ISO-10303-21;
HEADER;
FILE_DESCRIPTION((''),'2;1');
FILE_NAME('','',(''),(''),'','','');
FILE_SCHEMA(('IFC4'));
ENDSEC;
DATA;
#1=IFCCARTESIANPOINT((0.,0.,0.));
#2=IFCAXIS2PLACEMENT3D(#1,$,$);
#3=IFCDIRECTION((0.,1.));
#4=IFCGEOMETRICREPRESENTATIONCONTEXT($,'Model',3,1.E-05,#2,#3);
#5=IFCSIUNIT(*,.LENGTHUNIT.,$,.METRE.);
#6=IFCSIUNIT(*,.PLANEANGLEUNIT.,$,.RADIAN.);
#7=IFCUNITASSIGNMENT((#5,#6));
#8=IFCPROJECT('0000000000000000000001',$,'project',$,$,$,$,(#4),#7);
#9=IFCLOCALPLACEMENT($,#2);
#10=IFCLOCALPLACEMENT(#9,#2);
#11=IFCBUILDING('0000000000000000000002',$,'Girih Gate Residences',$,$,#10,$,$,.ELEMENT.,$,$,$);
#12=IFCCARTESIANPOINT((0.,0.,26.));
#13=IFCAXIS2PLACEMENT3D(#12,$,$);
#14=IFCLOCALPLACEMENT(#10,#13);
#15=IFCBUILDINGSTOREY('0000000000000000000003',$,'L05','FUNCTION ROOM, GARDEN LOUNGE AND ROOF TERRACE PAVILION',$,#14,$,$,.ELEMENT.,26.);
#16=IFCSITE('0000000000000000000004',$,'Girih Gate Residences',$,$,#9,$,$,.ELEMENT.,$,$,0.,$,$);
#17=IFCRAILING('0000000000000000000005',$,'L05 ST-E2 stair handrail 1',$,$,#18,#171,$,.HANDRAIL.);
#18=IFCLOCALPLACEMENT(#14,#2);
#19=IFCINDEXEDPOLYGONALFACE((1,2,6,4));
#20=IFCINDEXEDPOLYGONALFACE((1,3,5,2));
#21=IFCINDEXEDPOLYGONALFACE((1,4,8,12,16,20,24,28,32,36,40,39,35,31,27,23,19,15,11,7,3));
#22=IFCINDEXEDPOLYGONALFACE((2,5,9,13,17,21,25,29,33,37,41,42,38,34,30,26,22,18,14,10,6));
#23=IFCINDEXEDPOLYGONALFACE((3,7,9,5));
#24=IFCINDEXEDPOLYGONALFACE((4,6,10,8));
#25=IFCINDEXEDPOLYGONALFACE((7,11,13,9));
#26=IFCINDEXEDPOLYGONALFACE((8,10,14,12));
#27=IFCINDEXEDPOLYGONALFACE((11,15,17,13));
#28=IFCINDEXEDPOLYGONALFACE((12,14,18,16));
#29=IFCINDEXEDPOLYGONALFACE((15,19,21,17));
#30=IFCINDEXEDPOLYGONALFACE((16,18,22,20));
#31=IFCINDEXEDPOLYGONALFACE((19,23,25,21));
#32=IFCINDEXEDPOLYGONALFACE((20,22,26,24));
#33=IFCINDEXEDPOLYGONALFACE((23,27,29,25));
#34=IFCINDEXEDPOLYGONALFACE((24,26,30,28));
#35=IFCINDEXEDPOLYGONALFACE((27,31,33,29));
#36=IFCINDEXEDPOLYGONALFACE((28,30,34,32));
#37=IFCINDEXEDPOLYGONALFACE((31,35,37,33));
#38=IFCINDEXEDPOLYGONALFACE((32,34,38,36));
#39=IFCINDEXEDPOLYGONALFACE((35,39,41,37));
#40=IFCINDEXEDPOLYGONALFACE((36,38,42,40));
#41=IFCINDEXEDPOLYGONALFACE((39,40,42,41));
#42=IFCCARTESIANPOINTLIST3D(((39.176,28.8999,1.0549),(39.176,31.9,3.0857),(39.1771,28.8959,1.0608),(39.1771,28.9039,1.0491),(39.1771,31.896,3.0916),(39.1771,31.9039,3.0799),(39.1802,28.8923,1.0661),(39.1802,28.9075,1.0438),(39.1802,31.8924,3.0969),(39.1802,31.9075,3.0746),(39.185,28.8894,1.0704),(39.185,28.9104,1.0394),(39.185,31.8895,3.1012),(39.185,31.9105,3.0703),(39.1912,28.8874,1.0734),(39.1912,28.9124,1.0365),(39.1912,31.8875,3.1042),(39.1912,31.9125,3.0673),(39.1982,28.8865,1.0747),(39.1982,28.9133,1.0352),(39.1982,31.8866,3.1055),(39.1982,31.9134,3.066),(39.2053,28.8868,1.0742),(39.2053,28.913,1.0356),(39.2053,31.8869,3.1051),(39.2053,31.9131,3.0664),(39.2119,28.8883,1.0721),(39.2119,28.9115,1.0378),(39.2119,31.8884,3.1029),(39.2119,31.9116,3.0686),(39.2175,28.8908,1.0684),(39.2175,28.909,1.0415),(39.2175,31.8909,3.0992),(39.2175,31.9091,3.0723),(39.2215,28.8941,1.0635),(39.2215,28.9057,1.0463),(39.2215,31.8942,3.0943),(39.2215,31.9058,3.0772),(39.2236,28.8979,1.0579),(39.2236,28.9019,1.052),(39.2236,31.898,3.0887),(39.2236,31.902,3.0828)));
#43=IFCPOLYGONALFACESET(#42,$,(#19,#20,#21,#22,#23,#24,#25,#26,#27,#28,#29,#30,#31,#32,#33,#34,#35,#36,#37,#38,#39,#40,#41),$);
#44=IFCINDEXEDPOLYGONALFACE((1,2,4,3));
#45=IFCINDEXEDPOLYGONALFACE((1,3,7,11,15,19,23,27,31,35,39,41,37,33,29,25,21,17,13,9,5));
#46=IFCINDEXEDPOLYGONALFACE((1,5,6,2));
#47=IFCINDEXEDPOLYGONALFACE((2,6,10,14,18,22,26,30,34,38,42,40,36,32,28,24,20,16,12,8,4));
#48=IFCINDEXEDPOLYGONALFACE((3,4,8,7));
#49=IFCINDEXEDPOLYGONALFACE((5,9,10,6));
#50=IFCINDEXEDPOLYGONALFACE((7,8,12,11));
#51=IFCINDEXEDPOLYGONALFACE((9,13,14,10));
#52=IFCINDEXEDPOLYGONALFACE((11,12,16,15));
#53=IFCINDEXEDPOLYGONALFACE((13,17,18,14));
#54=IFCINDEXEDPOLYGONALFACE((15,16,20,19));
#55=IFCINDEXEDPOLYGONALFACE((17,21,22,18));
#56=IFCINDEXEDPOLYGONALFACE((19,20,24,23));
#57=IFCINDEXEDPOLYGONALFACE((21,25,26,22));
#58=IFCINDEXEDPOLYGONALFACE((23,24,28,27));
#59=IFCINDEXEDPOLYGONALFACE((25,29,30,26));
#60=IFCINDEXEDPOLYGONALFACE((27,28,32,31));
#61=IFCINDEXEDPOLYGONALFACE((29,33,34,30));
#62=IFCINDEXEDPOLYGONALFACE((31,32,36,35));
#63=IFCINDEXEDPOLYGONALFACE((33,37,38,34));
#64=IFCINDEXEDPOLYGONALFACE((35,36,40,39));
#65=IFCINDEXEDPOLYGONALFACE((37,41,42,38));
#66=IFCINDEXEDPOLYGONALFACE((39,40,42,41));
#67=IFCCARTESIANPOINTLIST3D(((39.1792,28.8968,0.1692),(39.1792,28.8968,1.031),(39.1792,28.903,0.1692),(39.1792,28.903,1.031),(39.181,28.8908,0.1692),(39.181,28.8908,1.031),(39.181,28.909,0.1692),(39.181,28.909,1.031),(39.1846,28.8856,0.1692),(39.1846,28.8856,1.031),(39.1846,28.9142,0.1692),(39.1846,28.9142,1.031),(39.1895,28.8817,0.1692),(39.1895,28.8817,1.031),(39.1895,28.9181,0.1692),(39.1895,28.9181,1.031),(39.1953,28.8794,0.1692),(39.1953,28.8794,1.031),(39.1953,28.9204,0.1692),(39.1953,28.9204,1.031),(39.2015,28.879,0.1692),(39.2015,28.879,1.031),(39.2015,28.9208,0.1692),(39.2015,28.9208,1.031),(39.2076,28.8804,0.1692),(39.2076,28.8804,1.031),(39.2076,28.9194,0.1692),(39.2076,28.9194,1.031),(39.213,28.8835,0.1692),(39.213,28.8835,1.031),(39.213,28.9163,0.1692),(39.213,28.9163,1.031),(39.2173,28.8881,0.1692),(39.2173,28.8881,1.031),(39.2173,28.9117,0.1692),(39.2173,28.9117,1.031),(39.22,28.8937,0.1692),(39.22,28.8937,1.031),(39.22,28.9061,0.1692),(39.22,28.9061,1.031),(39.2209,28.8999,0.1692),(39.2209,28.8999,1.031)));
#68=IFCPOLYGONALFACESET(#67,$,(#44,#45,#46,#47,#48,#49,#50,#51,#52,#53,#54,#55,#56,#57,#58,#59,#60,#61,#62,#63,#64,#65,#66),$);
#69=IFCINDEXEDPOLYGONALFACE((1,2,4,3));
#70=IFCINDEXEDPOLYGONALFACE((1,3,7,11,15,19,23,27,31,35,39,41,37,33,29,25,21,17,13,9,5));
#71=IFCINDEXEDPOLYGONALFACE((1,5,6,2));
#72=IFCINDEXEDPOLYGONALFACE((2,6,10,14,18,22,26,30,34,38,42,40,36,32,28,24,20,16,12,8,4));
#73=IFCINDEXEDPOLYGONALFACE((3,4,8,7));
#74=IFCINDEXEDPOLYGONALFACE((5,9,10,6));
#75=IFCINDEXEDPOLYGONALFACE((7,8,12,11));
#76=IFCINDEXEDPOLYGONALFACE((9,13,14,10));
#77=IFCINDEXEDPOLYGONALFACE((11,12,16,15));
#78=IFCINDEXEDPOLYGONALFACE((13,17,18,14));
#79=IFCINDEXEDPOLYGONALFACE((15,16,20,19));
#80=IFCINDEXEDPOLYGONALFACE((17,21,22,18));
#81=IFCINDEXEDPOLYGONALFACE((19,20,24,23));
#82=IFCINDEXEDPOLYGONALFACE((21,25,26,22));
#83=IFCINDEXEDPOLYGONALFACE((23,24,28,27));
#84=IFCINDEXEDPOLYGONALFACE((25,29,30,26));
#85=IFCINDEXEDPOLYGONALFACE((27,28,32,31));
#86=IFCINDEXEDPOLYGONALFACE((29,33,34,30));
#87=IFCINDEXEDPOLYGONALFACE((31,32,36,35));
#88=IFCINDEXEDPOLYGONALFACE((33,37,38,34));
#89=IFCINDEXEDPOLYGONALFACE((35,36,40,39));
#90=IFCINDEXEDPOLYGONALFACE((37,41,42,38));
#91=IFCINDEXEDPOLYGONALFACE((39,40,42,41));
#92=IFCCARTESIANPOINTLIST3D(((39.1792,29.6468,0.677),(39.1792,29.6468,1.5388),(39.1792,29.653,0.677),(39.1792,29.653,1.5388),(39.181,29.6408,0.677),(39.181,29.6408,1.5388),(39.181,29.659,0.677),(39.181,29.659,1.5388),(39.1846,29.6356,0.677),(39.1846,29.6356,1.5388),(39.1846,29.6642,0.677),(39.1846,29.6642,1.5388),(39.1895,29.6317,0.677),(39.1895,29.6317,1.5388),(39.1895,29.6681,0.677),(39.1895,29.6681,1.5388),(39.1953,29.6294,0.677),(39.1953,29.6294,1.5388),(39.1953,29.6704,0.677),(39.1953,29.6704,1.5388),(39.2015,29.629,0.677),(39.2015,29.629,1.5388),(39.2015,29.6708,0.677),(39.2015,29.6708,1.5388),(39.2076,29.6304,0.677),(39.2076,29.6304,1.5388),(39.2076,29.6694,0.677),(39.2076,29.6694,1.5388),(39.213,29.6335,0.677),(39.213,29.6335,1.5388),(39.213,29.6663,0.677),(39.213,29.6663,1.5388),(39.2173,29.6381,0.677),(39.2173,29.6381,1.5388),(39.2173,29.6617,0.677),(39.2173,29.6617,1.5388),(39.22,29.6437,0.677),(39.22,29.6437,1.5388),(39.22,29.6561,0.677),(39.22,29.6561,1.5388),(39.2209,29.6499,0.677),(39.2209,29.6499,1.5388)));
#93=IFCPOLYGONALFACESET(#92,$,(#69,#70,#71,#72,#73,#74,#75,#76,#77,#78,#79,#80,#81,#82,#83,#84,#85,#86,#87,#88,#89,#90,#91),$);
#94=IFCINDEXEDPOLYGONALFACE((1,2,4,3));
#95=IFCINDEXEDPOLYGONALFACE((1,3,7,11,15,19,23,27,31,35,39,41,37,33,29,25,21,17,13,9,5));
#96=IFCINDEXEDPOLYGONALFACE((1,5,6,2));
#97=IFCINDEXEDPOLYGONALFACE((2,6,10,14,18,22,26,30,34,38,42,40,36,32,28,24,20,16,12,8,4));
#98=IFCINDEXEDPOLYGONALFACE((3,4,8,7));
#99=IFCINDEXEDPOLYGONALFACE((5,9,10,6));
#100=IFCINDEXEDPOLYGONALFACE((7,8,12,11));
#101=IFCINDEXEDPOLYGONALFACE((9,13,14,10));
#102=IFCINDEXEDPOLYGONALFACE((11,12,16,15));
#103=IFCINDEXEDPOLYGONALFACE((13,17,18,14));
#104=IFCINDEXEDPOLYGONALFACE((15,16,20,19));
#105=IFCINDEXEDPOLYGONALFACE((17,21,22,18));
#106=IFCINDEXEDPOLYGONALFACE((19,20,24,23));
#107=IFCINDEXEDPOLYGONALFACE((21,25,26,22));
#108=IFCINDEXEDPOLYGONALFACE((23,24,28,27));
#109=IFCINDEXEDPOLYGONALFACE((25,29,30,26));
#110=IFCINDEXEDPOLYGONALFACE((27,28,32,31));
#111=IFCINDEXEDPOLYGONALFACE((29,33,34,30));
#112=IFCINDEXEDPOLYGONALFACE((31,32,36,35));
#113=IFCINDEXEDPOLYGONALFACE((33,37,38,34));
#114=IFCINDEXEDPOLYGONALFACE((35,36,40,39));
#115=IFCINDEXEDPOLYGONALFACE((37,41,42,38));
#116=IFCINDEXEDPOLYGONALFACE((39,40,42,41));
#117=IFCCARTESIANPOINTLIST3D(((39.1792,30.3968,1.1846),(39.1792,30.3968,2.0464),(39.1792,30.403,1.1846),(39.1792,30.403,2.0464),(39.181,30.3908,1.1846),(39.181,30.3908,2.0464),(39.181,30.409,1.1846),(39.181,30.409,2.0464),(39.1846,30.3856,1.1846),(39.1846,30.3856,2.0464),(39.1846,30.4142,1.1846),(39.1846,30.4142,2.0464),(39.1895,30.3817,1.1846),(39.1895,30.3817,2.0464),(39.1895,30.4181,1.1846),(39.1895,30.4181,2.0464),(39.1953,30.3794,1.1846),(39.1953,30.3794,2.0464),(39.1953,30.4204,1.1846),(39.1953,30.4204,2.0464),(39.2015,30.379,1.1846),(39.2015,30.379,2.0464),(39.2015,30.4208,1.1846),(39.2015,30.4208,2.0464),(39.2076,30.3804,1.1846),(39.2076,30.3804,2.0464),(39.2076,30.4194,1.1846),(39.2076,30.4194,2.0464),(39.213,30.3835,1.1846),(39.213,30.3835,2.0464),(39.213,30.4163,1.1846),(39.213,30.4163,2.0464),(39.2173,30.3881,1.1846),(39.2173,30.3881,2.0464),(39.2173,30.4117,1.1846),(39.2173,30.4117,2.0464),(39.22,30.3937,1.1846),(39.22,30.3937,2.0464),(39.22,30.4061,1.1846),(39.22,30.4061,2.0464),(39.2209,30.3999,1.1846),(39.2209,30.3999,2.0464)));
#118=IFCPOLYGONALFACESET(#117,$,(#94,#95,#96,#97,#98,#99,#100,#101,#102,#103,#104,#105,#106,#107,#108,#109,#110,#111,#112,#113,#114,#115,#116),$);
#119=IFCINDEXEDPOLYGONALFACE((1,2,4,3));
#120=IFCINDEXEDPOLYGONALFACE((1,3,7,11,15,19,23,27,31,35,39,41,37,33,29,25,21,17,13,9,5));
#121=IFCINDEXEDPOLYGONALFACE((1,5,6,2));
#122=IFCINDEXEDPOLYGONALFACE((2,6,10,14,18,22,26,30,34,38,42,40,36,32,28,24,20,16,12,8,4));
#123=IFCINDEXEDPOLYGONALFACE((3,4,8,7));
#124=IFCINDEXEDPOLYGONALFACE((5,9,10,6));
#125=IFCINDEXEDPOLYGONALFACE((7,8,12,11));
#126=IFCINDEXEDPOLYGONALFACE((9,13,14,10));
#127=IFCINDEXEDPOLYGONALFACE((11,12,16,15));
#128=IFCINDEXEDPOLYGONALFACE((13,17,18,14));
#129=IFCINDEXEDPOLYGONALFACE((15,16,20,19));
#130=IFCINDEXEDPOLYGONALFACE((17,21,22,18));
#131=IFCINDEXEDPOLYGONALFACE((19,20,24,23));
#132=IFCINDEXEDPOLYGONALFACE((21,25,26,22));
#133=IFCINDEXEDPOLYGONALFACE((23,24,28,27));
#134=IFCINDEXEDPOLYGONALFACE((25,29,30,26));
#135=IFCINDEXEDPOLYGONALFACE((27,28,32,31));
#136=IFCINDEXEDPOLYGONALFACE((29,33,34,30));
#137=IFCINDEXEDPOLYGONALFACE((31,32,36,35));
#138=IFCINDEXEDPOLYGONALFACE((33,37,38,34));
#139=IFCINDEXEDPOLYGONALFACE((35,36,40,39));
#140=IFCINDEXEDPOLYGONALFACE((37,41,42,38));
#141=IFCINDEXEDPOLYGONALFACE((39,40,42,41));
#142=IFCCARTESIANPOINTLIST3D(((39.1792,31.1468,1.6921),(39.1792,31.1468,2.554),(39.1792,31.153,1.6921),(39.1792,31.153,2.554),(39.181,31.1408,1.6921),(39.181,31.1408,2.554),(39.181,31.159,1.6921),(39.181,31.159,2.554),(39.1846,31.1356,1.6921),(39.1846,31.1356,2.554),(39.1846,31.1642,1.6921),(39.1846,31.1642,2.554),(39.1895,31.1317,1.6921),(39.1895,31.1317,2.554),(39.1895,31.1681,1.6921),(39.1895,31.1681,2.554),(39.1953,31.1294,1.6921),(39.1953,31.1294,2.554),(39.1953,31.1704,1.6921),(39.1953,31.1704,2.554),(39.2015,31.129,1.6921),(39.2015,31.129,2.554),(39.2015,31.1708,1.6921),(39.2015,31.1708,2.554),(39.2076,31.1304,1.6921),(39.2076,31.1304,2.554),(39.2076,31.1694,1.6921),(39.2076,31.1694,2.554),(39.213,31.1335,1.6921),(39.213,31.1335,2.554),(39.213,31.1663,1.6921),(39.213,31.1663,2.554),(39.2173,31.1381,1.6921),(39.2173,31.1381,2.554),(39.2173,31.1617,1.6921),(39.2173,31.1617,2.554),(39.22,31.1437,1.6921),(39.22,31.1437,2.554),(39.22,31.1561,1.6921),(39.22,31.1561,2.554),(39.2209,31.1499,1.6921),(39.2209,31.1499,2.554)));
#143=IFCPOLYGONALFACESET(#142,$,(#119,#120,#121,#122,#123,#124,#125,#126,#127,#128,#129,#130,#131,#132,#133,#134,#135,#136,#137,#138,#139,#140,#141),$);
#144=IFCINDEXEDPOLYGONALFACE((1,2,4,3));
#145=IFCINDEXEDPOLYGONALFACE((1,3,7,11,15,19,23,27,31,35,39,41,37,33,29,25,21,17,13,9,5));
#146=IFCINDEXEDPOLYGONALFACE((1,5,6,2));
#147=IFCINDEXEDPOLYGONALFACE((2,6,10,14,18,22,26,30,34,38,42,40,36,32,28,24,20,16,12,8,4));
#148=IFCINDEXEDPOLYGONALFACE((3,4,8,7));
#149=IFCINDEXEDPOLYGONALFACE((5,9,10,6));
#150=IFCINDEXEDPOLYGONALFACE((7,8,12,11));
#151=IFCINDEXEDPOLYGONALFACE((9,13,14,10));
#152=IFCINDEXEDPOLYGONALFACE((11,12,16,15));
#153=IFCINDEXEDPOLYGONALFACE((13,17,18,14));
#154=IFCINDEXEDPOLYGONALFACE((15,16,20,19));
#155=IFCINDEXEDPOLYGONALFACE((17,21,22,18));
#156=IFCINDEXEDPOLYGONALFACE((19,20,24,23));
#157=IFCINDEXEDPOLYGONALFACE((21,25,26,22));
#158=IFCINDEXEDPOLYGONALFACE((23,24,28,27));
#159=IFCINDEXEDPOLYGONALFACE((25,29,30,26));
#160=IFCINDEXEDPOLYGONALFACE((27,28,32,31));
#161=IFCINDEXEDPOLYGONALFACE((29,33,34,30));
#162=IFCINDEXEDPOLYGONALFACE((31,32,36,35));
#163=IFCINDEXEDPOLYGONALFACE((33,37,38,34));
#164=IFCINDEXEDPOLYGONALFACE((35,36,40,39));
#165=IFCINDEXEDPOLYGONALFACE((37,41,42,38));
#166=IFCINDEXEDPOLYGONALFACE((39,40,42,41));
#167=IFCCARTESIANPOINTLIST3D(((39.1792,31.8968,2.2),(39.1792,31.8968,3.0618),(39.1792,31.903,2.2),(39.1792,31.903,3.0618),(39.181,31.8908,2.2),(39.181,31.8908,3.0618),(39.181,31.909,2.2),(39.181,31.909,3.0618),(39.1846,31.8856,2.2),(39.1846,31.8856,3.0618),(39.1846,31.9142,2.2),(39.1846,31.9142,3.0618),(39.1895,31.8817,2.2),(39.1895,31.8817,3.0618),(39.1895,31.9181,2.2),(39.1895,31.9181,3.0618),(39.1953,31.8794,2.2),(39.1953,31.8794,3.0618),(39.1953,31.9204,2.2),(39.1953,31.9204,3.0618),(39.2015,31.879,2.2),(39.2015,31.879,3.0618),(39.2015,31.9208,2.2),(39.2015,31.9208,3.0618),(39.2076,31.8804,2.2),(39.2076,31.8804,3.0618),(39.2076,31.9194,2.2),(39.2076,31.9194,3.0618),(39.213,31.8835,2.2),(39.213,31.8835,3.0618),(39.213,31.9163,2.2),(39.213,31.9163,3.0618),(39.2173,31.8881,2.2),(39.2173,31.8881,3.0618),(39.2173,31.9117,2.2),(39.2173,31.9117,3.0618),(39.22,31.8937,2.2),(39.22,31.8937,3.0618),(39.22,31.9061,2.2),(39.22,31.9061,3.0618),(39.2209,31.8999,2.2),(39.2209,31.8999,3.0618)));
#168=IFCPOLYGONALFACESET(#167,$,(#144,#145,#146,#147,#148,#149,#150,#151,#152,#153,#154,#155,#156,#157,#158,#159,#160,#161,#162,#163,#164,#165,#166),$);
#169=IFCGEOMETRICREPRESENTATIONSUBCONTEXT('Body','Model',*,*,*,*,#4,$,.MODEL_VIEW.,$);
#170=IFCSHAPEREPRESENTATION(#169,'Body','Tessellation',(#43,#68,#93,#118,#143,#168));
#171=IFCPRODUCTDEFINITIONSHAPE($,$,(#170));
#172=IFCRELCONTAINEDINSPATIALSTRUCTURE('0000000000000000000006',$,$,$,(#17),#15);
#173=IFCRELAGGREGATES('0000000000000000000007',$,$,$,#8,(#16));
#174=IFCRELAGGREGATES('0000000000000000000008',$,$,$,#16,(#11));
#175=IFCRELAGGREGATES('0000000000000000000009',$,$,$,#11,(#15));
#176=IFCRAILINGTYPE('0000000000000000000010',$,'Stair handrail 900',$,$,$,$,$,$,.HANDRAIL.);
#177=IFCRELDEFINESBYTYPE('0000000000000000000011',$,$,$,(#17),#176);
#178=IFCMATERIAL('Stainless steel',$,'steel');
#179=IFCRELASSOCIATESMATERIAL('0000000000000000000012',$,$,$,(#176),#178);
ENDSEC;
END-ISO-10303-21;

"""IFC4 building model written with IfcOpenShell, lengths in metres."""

from ifc_helpers import new_model, si_unit, direction, frame, origin, origin_2d, place, context, subcontext, project, spatial, circle, extrude, material, type_object, element, save


model = new_model("IFC4")

# Units and contexts
model_context = context("Model", 3, precision=1e-05, world=origin(), true_north=direction((0.0, 1.0)))
body_context = subcontext(model_context, "Body", "Model", "MODEL_VIEW")
ifc_project = project(units=[si_unit("LENGTHUNIT", "METRE"), si_unit("PLANEANGLEUNIT", "RADIAN")], contexts=[model_context])

# Site, building, storey
site_placement = place(None, origin())
site = spatial("IfcSite", under=ifc_project, at=site_placement, Name="Girih Gate Residences", CompositionType="ELEMENT", RefElevation=0.0)
building_placement = place(site_placement, origin())
building = spatial("IfcBuilding", under=site, at=building_placement, Name="Girih Gate Residences", CompositionType="ELEMENT")
storey_placement = place(building_placement, frame((0.0, 0.0, 26.0)))
storey = spatial("IfcBuildingStorey", under=building, at=storey_placement, Name="L05", Description="FUNCTION ROOM, GARDEN LOUNGE AND ROOF TERRACE PAVILION", CompositionType="ELEMENT", Elevation=26.0)

# Railing
ifc_material_1 = material(Name="Stainless steel", Category="steel")
railing_type_1 = type_object("IfcRailingType", Name="Stair handrail 900", PredefinedType="HANDRAIL", material=ifc_material_1)
railing_placement = place(storey_placement, frame((39.2, 28.8999, 0.1692)))
element("IfcRailing", 1, at=railing_placement, inside=storey, type_object=railing_type_1, Name="L05 ST-E2 stair handrail 1", PredefinedType="HANDRAIL", context=body_context, shape_type="SweptSolid", body=[
    extrude(circle(Radius=0.0239, at=origin_2d()), frame((0.0, 0.0, 0.8857), z_axis=(0.0, 0.82811, 0.560565), x_axis=(-1.0, 0.0, 0.0)), (0.0, 0.0, 1.0), 3.6228),
    extrude(circle(Radius=0.021, at=origin_2d()), origin(), (0.0, 0.0, 1.0), 0.8618),
    extrude(circle(Radius=0.021, at=origin_2d()), frame((0.0, 0.75, 0.5078)), (0.0, 0.0, 1.0), 0.8618),
    extrude(circle(Radius=0.021, at=origin_2d()), frame((0.0, 1.5, 1.0154)), (0.0, 0.0, 1.0), 0.8618),
    extrude(circle(Radius=0.021, at=origin_2d()), frame((0.0, 2.25, 1.5229)), (0.0, 0.0, 1.0), 0.8618),
    extrude(circle(Radius=0.021, at=origin_2d()), frame((0.0, 3.0, 2.0308)), (0.0, 0.0, 1.0), 0.8618),
])

save(model, "model.ifc")
